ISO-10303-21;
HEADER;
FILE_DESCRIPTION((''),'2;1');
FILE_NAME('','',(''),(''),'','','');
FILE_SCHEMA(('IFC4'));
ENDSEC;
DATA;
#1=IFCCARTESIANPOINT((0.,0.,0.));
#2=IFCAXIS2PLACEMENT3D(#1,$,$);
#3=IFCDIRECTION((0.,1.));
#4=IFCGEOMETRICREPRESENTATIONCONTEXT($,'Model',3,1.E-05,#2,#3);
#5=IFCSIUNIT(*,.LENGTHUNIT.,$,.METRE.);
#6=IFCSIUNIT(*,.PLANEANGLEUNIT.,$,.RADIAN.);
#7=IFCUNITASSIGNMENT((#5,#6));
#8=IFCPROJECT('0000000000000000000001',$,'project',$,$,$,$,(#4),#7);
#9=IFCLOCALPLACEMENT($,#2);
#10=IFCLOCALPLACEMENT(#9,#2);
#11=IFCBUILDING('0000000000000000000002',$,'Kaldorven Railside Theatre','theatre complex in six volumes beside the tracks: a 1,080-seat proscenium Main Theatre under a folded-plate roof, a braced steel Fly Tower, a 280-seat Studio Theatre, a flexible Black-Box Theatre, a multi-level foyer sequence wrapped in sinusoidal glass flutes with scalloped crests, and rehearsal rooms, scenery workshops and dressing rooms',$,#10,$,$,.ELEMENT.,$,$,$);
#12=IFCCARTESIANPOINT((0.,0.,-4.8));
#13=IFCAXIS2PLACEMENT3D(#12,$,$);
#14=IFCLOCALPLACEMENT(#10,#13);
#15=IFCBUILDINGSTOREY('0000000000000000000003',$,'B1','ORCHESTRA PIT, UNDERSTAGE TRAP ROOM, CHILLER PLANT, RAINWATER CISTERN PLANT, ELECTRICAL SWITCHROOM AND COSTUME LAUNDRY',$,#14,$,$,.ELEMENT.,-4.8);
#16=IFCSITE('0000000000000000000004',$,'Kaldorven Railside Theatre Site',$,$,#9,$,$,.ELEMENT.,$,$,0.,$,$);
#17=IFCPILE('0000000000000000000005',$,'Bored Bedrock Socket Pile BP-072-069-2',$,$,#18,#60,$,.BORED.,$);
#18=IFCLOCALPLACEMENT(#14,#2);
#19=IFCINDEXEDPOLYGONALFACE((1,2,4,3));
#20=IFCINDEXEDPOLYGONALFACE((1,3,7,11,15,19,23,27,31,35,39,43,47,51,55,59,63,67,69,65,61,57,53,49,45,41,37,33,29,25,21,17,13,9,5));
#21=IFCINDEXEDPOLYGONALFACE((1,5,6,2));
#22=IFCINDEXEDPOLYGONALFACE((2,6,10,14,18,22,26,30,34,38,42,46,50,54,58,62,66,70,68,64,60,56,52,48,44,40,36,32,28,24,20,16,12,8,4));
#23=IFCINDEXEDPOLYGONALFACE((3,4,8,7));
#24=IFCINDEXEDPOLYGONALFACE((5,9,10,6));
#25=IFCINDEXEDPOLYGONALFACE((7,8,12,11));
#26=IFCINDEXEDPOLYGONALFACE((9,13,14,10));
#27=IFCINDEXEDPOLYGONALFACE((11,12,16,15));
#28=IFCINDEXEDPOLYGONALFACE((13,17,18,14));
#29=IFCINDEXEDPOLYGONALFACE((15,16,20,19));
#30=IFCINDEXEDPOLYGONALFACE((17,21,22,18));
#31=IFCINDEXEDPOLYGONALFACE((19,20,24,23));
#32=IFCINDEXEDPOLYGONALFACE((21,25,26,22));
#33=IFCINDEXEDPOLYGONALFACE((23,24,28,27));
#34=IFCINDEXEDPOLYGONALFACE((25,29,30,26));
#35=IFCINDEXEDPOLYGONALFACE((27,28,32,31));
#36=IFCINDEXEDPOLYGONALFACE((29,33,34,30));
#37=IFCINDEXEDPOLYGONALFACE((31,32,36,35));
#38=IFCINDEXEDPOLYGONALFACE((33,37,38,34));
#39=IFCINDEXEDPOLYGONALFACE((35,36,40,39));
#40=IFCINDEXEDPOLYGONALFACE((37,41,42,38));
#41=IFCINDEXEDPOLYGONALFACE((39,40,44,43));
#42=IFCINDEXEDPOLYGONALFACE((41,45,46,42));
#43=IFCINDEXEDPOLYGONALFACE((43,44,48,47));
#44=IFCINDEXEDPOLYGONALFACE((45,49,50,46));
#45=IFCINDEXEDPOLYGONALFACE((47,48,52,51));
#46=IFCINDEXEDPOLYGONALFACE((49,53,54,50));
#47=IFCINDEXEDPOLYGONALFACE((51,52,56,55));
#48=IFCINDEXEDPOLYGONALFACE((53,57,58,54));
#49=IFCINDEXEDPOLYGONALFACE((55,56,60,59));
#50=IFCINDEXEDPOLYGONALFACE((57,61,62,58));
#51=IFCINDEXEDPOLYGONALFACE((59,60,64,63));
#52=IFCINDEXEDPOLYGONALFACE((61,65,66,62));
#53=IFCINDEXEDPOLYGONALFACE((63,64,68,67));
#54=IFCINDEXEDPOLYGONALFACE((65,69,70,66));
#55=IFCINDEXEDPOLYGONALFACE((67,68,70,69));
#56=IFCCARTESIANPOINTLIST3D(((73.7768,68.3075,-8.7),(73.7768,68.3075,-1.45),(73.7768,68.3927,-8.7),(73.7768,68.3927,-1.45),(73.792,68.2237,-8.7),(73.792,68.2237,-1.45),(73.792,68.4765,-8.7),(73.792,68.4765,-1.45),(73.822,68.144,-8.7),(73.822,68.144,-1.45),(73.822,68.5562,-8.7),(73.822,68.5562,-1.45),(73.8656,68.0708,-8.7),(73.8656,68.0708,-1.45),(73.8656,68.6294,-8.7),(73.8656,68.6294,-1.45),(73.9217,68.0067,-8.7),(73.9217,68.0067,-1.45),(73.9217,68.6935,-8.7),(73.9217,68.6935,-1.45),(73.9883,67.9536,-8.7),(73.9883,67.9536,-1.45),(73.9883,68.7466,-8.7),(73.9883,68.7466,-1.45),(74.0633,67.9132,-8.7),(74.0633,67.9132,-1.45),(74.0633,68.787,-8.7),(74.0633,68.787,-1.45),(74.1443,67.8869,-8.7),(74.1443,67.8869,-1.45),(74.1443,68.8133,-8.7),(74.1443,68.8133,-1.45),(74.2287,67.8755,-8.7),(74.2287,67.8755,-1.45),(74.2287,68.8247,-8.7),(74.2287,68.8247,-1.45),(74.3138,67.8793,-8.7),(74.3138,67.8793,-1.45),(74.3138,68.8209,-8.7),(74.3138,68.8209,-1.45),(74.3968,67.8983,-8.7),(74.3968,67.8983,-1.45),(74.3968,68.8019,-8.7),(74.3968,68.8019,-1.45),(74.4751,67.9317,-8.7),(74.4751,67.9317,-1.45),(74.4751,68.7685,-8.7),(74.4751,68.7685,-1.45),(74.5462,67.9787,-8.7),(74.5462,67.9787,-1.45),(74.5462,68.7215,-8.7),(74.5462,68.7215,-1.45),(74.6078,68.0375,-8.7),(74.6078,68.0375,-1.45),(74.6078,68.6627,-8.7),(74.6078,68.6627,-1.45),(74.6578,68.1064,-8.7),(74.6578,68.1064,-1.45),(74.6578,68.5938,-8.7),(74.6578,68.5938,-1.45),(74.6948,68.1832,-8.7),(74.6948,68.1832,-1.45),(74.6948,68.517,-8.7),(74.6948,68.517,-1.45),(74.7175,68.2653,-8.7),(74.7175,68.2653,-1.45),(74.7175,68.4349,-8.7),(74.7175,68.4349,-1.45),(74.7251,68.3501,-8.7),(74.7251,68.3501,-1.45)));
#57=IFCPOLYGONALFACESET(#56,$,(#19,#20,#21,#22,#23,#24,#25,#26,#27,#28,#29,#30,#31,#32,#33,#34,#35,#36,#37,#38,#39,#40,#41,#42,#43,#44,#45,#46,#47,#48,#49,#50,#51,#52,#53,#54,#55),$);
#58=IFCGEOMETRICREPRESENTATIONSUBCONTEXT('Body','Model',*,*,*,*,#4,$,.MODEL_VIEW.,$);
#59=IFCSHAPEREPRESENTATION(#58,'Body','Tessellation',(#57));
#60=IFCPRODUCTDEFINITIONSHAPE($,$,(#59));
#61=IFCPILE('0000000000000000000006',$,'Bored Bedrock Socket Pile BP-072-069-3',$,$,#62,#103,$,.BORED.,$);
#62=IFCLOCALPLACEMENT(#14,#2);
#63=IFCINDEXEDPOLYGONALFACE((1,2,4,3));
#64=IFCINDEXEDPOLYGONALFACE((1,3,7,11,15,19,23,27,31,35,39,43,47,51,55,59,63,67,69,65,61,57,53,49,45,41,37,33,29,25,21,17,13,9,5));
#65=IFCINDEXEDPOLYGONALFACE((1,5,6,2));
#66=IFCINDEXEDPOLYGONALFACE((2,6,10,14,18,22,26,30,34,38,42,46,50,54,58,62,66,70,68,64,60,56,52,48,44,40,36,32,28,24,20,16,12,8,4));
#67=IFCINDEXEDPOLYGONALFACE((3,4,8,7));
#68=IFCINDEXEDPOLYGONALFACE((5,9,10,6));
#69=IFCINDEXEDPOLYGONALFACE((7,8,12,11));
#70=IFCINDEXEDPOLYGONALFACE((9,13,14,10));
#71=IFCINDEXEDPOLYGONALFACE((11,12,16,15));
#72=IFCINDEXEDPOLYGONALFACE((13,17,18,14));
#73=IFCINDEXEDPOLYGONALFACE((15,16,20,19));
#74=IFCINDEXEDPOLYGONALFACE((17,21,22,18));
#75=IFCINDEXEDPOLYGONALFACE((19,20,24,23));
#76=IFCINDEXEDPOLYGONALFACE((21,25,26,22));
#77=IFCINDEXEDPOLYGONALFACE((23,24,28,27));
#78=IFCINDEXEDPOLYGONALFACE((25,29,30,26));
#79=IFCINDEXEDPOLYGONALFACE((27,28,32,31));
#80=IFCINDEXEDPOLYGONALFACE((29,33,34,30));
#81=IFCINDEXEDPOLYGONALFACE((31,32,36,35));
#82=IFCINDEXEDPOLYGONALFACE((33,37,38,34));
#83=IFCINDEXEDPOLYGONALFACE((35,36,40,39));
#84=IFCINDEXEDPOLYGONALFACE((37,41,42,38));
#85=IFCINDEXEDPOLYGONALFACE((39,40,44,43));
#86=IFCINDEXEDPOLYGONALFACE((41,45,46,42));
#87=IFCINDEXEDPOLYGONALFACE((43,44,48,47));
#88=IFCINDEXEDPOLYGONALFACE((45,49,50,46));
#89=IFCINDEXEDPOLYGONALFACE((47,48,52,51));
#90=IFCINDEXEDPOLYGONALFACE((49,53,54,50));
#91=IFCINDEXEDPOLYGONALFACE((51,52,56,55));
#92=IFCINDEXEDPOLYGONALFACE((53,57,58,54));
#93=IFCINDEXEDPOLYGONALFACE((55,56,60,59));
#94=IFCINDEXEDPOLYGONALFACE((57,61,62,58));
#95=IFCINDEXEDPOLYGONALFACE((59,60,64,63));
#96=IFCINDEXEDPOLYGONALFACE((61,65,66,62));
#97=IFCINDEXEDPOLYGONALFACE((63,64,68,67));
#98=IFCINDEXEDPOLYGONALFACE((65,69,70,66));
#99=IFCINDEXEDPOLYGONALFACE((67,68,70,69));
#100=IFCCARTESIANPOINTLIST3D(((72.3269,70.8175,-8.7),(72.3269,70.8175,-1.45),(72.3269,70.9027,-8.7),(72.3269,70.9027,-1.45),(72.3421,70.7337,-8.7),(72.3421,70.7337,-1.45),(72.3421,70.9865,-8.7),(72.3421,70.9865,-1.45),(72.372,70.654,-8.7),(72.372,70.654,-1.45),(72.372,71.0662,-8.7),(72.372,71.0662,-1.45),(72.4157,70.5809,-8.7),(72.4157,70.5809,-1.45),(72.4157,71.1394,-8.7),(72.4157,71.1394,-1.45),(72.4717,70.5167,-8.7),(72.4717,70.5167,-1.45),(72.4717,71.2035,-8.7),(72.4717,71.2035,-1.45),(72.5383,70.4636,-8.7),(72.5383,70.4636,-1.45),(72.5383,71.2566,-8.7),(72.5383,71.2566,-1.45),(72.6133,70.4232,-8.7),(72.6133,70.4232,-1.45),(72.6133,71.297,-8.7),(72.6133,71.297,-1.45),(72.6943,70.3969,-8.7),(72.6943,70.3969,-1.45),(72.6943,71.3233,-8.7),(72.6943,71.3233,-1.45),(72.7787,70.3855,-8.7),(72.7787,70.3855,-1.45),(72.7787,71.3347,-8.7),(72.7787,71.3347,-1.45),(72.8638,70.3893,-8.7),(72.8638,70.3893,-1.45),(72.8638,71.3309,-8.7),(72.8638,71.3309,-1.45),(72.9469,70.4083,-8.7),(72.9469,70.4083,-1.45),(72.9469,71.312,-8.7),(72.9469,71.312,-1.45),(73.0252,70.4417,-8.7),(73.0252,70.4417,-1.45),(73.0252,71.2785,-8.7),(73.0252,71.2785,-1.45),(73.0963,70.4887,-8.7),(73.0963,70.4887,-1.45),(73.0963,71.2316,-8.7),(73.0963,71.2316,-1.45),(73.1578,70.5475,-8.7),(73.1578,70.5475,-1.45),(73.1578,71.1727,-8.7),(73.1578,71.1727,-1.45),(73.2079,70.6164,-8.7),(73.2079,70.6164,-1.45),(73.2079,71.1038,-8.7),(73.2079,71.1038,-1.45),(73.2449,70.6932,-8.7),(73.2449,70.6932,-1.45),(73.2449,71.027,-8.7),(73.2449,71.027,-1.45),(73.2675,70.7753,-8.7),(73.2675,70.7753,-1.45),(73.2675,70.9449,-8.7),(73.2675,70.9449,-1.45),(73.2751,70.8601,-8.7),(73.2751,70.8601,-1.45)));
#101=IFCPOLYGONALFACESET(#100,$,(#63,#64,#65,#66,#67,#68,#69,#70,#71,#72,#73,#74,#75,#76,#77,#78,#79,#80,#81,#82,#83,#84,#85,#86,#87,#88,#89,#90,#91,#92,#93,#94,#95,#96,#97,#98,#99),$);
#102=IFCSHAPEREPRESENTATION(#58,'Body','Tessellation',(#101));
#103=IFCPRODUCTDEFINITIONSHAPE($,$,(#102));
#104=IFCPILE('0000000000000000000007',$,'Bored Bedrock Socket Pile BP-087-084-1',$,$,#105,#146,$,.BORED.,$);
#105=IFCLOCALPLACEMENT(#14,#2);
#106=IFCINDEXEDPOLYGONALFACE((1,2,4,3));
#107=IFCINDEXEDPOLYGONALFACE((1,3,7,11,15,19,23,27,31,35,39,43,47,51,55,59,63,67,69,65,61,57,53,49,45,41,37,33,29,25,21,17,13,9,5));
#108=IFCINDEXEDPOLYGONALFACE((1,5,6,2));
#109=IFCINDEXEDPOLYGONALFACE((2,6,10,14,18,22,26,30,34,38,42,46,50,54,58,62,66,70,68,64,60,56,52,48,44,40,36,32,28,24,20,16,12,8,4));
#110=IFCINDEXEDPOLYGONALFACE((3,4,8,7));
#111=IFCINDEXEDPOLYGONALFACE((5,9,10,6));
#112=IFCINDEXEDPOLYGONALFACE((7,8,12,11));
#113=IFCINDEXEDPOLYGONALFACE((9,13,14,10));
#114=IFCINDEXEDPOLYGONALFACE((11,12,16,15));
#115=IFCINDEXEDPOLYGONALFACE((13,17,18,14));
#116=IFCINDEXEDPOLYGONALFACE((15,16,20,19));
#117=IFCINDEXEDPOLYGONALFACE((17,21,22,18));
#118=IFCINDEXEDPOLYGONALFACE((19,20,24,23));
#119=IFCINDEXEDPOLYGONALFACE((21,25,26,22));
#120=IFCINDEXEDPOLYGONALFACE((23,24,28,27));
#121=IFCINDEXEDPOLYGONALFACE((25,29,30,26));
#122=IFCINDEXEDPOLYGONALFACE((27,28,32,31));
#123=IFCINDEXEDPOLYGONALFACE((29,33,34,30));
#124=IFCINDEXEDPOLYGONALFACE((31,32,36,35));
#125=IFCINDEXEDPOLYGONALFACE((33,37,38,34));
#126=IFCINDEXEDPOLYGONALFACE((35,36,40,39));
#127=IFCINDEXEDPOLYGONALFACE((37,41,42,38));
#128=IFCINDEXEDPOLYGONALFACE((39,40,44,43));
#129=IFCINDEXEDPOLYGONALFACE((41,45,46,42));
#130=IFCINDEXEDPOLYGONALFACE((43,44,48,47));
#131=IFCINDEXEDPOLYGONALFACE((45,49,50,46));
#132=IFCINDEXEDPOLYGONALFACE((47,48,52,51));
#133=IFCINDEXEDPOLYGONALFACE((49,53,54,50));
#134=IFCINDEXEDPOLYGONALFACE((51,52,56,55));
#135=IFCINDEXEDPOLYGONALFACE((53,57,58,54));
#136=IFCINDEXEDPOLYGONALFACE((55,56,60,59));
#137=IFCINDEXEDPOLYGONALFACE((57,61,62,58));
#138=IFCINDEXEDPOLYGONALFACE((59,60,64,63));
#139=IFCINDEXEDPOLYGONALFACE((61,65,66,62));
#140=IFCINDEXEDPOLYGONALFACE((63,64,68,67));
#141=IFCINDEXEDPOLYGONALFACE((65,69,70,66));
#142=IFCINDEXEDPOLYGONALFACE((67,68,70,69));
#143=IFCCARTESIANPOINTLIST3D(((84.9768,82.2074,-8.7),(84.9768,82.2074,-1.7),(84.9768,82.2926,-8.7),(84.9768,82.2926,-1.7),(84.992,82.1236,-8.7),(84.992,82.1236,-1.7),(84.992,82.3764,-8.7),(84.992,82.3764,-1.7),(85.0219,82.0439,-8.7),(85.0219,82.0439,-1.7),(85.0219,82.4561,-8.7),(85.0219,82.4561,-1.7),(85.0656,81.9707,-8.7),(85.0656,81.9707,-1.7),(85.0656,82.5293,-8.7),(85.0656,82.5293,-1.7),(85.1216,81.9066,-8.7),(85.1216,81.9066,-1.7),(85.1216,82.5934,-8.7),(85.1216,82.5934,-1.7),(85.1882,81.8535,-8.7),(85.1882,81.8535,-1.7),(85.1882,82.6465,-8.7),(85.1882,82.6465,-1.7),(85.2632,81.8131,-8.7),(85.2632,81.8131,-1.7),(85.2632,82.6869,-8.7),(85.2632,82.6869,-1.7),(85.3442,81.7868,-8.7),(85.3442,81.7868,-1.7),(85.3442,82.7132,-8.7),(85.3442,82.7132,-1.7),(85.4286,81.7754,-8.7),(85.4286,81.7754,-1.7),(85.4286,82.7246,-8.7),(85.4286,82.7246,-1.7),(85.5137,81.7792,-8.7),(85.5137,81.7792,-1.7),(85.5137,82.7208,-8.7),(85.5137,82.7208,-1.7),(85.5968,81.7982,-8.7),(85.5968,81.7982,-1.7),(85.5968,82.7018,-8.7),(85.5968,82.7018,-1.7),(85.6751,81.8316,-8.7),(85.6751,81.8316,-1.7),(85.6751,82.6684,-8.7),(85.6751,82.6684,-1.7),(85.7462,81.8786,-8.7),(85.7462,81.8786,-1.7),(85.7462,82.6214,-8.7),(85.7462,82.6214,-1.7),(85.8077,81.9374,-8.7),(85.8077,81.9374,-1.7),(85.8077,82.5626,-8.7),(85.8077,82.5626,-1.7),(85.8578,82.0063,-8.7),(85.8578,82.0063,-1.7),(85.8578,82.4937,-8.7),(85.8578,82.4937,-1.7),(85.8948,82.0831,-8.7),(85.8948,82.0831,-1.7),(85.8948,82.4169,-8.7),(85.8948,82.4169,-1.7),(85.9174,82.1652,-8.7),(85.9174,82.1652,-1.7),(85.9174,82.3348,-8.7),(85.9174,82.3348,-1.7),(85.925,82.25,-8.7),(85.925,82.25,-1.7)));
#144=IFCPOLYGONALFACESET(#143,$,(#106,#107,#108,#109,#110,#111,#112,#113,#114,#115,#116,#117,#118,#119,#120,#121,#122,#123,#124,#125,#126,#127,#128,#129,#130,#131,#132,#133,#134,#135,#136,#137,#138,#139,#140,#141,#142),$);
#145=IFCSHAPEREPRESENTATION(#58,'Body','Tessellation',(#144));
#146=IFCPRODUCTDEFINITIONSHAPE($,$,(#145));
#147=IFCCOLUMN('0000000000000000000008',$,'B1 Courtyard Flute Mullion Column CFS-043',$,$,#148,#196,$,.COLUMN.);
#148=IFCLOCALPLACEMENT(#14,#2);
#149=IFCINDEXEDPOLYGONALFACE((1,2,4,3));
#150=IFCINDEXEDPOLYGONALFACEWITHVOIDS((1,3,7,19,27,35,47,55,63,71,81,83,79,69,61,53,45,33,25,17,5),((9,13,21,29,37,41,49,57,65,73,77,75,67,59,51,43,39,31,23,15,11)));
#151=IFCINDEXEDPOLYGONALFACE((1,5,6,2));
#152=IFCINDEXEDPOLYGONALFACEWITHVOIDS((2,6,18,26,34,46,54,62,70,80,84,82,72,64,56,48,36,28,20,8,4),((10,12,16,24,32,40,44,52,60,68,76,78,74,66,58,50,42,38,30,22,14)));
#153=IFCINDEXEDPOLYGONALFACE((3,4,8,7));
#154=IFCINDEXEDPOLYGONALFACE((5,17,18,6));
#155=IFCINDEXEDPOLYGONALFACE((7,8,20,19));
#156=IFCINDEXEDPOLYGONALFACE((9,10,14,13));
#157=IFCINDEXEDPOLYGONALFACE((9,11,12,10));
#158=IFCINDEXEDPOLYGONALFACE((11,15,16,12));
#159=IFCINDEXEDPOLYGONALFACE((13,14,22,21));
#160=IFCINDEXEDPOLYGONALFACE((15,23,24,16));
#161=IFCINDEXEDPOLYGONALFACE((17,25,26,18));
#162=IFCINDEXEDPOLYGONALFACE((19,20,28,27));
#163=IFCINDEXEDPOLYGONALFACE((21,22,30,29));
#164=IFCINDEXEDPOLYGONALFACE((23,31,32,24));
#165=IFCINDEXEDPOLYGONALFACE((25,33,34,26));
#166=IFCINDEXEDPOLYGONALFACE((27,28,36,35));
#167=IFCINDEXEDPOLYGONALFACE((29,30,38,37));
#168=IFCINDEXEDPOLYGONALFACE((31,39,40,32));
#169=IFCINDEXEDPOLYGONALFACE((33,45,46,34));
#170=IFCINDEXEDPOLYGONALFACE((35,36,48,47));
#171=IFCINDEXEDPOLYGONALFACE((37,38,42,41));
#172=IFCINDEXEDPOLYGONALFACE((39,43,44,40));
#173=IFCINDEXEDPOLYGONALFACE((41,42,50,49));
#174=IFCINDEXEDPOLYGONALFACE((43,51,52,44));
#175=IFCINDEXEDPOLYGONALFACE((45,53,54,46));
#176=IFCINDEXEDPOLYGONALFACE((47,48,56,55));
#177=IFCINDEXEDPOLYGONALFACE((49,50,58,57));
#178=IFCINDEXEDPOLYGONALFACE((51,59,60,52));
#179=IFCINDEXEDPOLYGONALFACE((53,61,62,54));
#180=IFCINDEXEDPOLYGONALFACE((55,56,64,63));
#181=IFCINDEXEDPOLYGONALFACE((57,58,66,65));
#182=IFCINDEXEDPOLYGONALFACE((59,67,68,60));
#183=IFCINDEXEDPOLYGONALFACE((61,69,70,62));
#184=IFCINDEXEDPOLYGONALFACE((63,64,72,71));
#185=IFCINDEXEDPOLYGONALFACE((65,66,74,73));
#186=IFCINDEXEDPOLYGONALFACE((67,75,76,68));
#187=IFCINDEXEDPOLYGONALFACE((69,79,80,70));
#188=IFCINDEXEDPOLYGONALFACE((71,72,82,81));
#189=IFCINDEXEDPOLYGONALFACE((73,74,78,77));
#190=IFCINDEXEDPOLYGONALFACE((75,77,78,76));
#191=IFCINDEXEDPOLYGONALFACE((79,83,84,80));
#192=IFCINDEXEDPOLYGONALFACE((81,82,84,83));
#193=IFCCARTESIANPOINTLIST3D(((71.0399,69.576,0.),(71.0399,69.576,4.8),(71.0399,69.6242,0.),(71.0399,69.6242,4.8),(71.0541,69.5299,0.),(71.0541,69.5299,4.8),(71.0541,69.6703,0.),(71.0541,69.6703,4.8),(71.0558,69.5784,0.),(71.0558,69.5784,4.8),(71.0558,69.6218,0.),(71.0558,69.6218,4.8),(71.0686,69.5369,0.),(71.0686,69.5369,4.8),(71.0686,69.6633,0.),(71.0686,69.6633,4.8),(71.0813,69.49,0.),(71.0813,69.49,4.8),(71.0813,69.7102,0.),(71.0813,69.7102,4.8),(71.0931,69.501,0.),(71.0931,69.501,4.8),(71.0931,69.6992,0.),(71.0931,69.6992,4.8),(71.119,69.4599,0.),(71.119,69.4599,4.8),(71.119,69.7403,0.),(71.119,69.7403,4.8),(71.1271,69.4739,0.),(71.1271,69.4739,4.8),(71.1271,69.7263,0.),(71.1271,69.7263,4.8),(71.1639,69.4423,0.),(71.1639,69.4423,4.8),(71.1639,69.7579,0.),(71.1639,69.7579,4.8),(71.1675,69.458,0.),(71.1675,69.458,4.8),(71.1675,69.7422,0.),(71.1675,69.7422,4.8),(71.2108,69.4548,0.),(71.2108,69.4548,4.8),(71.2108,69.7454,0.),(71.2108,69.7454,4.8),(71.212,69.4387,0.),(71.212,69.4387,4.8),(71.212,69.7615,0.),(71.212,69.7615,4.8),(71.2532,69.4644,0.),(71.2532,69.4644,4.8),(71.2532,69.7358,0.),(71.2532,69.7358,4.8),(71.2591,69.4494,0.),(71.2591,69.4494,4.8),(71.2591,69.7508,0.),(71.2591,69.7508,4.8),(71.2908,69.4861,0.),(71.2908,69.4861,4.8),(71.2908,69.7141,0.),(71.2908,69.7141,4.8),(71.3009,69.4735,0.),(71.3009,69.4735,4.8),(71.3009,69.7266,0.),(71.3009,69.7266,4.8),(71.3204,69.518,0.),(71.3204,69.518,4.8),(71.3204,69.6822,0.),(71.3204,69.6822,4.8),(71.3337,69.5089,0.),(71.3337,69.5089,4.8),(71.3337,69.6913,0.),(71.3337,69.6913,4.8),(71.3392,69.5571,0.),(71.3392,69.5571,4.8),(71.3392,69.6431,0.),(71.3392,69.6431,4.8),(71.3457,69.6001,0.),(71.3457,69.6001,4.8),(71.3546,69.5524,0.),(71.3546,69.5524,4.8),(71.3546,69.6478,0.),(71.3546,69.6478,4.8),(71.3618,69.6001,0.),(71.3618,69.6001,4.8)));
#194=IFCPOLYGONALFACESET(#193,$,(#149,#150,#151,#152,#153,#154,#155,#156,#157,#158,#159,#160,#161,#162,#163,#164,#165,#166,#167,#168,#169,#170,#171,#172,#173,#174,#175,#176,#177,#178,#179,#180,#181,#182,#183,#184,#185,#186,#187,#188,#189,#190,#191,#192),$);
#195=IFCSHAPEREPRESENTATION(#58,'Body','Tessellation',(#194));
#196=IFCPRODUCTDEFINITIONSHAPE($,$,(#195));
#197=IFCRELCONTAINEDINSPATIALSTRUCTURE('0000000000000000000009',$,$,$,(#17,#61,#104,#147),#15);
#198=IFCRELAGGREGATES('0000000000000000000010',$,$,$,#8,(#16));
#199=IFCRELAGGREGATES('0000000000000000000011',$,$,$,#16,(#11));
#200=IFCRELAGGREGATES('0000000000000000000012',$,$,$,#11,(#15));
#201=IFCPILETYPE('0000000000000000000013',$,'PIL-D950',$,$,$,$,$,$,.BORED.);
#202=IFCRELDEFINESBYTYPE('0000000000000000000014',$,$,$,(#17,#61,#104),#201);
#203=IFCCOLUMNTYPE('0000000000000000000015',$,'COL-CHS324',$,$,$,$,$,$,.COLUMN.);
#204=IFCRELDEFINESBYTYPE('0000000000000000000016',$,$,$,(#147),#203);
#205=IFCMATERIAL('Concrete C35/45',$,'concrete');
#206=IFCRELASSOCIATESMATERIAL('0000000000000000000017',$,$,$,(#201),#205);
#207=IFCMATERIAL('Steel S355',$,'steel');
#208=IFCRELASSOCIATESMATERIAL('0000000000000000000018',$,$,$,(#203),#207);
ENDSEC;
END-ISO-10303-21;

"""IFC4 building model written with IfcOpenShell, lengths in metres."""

from ifc_helpers import new_model, si_unit, direction, frame, origin, origin_2d, place, context, subcontext, project, spatial, circle, hollow_circle, extrude, material, material_profile, profile_set, type_object, element, save


model = new_model("IFC4")

# Units and contexts
model_context = context("Model", 3, precision=1e-05, world=origin(), true_north=direction((0.0, 1.0)))
body_context = subcontext(model_context, "Body", "Model", "MODEL_VIEW")
ifc_project = project(units=[si_unit("LENGTHUNIT", "METRE"), si_unit("PLANEANGLEUNIT", "RADIAN")], contexts=[model_context])

# Site, building, storey
site_placement = place(None, origin())
site = spatial("IfcSite", under=ifc_project, at=site_placement, Name="Kaldorven Railside Theatre Site", CompositionType="ELEMENT", RefElevation=0.0)
building_placement = place(site_placement, origin())
building = spatial("IfcBuilding", under=site, at=building_placement, Name="Kaldorven Railside Theatre", Description="theatre complex in six volumes beside the tracks: a 1,080-seat proscenium Main Theatre under a folded-plate roof, a braced steel Fly Tower, a 280-seat Studio Theatre, a flexible Black-Box Theatre, a multi-level foyer sequence wrapped in sinusoidal glass flutes with scalloped crests, and rehearsal rooms, scenery workshops and dressing rooms", CompositionType="ELEMENT")
storey_placement = place(building_placement, frame((0.0, 0.0, -4.8)))
storey = spatial("IfcBuildingStorey", under=building, at=storey_placement, Name="B1", Description="ORCHESTRA PIT, UNDERSTAGE TRAP ROOM, CHILLER PLANT, RAINWATER CISTERN PLANT, ELECTRICAL SWITCHROOM AND COSTUME LAUNDRY", CompositionType="ELEMENT", Elevation=-4.8)

# Piles
ifc_material_1 = material(Name="Concrete C35/45", Category="concrete")
ifc_material_profile_1 = material_profile(ifc_material_1, circle(Radius=0.4751, at=origin_2d()), Name="BP D950")
ifc_profile_set_1 = profile_set([ifc_material_profile_1], Name="Concrete C35/45")
pile_type_1 = type_object("IfcPileType", Name="PIL-D950", PredefinedType="BORED", material=ifc_profile_set_1)
for number, where, z_axis, x_axis, name in (
    (1, (74.25, 68.3501, -1.45), (0.0, 0.0, -1.0), (1.0, 0.0, 0.0), "Bored Bedrock Socket Pile BP-072-069-2"),
    (2, (72.8, 70.8601, -1.45), (0.0, 0.0, -1.0), (1.0, 0.0, 0.0), "Bored Bedrock Socket Pile BP-072-069-3"),
):
    element("IfcPile", number, at=place(storey_placement, frame(where, z_axis=z_axis, x_axis=x_axis)), inside=storey, type_object=pile_type_1, Name=name, PredefinedType="BORED", context=body_context, shape_type="SweptSolid", body=[
        extrude(circle(Radius=0.4751, at=origin_2d()), origin(), (0.0, 0.0, 1.0), 7.25),
    ])
pile_placement = place(storey_placement, frame((85.45, 82.25, -1.7), z_axis=(0.0, 0.0, -1.0), x_axis=(1.0, 0.0, 0.0)))
element("IfcPile", 3, at=pile_placement, inside=storey, type_object=pile_type_1, Name="Bored Bedrock Socket Pile BP-087-084-1", PredefinedType="BORED", context=body_context, shape_type="SweptSolid", body=[
    extrude(circle(Radius=0.4751, at=origin_2d()), origin(), (0.0, 0.0, 1.0), 7.0),
])

# Column
ifc_material_2 = material(Name="Steel S355", Category="steel")
ifc_material_profile_2 = material_profile(ifc_material_2, hollow_circle(Radius=0.1619, WallThickness=0.0161, at=origin_2d()), Name="CHS 323.9x16")
ifc_profile_set_2 = profile_set([ifc_material_profile_2], Name="Steel S355")
column_type_1 = type_object("IfcColumnType", Name="COL-CHS324", PredefinedType="COLUMN", material=ifc_profile_set_2)
for number, where, z_axis, x_axis, name in (
    (4, (71.2, 69.6001, 0.0), (0.0, 0.0, 1.0), (1.0, 0.0, 0.0), "B1 Courtyard Flute Mullion Column CFS-043"),
):
    element("IfcColumn", number, at=place(storey_placement, frame(where, z_axis=z_axis, x_axis=x_axis)), inside=storey, type_object=column_type_1, Name=name, PredefinedType="COLUMN", context=body_context, shape_type="SweptSolid", body=[
        extrude(hollow_circle(Radius=0.1619, WallThickness=0.0161, at=origin_2d()), origin(), (0.0, 0.0, 1.0), 4.8),
    ])

save(model, "model.ifc")
